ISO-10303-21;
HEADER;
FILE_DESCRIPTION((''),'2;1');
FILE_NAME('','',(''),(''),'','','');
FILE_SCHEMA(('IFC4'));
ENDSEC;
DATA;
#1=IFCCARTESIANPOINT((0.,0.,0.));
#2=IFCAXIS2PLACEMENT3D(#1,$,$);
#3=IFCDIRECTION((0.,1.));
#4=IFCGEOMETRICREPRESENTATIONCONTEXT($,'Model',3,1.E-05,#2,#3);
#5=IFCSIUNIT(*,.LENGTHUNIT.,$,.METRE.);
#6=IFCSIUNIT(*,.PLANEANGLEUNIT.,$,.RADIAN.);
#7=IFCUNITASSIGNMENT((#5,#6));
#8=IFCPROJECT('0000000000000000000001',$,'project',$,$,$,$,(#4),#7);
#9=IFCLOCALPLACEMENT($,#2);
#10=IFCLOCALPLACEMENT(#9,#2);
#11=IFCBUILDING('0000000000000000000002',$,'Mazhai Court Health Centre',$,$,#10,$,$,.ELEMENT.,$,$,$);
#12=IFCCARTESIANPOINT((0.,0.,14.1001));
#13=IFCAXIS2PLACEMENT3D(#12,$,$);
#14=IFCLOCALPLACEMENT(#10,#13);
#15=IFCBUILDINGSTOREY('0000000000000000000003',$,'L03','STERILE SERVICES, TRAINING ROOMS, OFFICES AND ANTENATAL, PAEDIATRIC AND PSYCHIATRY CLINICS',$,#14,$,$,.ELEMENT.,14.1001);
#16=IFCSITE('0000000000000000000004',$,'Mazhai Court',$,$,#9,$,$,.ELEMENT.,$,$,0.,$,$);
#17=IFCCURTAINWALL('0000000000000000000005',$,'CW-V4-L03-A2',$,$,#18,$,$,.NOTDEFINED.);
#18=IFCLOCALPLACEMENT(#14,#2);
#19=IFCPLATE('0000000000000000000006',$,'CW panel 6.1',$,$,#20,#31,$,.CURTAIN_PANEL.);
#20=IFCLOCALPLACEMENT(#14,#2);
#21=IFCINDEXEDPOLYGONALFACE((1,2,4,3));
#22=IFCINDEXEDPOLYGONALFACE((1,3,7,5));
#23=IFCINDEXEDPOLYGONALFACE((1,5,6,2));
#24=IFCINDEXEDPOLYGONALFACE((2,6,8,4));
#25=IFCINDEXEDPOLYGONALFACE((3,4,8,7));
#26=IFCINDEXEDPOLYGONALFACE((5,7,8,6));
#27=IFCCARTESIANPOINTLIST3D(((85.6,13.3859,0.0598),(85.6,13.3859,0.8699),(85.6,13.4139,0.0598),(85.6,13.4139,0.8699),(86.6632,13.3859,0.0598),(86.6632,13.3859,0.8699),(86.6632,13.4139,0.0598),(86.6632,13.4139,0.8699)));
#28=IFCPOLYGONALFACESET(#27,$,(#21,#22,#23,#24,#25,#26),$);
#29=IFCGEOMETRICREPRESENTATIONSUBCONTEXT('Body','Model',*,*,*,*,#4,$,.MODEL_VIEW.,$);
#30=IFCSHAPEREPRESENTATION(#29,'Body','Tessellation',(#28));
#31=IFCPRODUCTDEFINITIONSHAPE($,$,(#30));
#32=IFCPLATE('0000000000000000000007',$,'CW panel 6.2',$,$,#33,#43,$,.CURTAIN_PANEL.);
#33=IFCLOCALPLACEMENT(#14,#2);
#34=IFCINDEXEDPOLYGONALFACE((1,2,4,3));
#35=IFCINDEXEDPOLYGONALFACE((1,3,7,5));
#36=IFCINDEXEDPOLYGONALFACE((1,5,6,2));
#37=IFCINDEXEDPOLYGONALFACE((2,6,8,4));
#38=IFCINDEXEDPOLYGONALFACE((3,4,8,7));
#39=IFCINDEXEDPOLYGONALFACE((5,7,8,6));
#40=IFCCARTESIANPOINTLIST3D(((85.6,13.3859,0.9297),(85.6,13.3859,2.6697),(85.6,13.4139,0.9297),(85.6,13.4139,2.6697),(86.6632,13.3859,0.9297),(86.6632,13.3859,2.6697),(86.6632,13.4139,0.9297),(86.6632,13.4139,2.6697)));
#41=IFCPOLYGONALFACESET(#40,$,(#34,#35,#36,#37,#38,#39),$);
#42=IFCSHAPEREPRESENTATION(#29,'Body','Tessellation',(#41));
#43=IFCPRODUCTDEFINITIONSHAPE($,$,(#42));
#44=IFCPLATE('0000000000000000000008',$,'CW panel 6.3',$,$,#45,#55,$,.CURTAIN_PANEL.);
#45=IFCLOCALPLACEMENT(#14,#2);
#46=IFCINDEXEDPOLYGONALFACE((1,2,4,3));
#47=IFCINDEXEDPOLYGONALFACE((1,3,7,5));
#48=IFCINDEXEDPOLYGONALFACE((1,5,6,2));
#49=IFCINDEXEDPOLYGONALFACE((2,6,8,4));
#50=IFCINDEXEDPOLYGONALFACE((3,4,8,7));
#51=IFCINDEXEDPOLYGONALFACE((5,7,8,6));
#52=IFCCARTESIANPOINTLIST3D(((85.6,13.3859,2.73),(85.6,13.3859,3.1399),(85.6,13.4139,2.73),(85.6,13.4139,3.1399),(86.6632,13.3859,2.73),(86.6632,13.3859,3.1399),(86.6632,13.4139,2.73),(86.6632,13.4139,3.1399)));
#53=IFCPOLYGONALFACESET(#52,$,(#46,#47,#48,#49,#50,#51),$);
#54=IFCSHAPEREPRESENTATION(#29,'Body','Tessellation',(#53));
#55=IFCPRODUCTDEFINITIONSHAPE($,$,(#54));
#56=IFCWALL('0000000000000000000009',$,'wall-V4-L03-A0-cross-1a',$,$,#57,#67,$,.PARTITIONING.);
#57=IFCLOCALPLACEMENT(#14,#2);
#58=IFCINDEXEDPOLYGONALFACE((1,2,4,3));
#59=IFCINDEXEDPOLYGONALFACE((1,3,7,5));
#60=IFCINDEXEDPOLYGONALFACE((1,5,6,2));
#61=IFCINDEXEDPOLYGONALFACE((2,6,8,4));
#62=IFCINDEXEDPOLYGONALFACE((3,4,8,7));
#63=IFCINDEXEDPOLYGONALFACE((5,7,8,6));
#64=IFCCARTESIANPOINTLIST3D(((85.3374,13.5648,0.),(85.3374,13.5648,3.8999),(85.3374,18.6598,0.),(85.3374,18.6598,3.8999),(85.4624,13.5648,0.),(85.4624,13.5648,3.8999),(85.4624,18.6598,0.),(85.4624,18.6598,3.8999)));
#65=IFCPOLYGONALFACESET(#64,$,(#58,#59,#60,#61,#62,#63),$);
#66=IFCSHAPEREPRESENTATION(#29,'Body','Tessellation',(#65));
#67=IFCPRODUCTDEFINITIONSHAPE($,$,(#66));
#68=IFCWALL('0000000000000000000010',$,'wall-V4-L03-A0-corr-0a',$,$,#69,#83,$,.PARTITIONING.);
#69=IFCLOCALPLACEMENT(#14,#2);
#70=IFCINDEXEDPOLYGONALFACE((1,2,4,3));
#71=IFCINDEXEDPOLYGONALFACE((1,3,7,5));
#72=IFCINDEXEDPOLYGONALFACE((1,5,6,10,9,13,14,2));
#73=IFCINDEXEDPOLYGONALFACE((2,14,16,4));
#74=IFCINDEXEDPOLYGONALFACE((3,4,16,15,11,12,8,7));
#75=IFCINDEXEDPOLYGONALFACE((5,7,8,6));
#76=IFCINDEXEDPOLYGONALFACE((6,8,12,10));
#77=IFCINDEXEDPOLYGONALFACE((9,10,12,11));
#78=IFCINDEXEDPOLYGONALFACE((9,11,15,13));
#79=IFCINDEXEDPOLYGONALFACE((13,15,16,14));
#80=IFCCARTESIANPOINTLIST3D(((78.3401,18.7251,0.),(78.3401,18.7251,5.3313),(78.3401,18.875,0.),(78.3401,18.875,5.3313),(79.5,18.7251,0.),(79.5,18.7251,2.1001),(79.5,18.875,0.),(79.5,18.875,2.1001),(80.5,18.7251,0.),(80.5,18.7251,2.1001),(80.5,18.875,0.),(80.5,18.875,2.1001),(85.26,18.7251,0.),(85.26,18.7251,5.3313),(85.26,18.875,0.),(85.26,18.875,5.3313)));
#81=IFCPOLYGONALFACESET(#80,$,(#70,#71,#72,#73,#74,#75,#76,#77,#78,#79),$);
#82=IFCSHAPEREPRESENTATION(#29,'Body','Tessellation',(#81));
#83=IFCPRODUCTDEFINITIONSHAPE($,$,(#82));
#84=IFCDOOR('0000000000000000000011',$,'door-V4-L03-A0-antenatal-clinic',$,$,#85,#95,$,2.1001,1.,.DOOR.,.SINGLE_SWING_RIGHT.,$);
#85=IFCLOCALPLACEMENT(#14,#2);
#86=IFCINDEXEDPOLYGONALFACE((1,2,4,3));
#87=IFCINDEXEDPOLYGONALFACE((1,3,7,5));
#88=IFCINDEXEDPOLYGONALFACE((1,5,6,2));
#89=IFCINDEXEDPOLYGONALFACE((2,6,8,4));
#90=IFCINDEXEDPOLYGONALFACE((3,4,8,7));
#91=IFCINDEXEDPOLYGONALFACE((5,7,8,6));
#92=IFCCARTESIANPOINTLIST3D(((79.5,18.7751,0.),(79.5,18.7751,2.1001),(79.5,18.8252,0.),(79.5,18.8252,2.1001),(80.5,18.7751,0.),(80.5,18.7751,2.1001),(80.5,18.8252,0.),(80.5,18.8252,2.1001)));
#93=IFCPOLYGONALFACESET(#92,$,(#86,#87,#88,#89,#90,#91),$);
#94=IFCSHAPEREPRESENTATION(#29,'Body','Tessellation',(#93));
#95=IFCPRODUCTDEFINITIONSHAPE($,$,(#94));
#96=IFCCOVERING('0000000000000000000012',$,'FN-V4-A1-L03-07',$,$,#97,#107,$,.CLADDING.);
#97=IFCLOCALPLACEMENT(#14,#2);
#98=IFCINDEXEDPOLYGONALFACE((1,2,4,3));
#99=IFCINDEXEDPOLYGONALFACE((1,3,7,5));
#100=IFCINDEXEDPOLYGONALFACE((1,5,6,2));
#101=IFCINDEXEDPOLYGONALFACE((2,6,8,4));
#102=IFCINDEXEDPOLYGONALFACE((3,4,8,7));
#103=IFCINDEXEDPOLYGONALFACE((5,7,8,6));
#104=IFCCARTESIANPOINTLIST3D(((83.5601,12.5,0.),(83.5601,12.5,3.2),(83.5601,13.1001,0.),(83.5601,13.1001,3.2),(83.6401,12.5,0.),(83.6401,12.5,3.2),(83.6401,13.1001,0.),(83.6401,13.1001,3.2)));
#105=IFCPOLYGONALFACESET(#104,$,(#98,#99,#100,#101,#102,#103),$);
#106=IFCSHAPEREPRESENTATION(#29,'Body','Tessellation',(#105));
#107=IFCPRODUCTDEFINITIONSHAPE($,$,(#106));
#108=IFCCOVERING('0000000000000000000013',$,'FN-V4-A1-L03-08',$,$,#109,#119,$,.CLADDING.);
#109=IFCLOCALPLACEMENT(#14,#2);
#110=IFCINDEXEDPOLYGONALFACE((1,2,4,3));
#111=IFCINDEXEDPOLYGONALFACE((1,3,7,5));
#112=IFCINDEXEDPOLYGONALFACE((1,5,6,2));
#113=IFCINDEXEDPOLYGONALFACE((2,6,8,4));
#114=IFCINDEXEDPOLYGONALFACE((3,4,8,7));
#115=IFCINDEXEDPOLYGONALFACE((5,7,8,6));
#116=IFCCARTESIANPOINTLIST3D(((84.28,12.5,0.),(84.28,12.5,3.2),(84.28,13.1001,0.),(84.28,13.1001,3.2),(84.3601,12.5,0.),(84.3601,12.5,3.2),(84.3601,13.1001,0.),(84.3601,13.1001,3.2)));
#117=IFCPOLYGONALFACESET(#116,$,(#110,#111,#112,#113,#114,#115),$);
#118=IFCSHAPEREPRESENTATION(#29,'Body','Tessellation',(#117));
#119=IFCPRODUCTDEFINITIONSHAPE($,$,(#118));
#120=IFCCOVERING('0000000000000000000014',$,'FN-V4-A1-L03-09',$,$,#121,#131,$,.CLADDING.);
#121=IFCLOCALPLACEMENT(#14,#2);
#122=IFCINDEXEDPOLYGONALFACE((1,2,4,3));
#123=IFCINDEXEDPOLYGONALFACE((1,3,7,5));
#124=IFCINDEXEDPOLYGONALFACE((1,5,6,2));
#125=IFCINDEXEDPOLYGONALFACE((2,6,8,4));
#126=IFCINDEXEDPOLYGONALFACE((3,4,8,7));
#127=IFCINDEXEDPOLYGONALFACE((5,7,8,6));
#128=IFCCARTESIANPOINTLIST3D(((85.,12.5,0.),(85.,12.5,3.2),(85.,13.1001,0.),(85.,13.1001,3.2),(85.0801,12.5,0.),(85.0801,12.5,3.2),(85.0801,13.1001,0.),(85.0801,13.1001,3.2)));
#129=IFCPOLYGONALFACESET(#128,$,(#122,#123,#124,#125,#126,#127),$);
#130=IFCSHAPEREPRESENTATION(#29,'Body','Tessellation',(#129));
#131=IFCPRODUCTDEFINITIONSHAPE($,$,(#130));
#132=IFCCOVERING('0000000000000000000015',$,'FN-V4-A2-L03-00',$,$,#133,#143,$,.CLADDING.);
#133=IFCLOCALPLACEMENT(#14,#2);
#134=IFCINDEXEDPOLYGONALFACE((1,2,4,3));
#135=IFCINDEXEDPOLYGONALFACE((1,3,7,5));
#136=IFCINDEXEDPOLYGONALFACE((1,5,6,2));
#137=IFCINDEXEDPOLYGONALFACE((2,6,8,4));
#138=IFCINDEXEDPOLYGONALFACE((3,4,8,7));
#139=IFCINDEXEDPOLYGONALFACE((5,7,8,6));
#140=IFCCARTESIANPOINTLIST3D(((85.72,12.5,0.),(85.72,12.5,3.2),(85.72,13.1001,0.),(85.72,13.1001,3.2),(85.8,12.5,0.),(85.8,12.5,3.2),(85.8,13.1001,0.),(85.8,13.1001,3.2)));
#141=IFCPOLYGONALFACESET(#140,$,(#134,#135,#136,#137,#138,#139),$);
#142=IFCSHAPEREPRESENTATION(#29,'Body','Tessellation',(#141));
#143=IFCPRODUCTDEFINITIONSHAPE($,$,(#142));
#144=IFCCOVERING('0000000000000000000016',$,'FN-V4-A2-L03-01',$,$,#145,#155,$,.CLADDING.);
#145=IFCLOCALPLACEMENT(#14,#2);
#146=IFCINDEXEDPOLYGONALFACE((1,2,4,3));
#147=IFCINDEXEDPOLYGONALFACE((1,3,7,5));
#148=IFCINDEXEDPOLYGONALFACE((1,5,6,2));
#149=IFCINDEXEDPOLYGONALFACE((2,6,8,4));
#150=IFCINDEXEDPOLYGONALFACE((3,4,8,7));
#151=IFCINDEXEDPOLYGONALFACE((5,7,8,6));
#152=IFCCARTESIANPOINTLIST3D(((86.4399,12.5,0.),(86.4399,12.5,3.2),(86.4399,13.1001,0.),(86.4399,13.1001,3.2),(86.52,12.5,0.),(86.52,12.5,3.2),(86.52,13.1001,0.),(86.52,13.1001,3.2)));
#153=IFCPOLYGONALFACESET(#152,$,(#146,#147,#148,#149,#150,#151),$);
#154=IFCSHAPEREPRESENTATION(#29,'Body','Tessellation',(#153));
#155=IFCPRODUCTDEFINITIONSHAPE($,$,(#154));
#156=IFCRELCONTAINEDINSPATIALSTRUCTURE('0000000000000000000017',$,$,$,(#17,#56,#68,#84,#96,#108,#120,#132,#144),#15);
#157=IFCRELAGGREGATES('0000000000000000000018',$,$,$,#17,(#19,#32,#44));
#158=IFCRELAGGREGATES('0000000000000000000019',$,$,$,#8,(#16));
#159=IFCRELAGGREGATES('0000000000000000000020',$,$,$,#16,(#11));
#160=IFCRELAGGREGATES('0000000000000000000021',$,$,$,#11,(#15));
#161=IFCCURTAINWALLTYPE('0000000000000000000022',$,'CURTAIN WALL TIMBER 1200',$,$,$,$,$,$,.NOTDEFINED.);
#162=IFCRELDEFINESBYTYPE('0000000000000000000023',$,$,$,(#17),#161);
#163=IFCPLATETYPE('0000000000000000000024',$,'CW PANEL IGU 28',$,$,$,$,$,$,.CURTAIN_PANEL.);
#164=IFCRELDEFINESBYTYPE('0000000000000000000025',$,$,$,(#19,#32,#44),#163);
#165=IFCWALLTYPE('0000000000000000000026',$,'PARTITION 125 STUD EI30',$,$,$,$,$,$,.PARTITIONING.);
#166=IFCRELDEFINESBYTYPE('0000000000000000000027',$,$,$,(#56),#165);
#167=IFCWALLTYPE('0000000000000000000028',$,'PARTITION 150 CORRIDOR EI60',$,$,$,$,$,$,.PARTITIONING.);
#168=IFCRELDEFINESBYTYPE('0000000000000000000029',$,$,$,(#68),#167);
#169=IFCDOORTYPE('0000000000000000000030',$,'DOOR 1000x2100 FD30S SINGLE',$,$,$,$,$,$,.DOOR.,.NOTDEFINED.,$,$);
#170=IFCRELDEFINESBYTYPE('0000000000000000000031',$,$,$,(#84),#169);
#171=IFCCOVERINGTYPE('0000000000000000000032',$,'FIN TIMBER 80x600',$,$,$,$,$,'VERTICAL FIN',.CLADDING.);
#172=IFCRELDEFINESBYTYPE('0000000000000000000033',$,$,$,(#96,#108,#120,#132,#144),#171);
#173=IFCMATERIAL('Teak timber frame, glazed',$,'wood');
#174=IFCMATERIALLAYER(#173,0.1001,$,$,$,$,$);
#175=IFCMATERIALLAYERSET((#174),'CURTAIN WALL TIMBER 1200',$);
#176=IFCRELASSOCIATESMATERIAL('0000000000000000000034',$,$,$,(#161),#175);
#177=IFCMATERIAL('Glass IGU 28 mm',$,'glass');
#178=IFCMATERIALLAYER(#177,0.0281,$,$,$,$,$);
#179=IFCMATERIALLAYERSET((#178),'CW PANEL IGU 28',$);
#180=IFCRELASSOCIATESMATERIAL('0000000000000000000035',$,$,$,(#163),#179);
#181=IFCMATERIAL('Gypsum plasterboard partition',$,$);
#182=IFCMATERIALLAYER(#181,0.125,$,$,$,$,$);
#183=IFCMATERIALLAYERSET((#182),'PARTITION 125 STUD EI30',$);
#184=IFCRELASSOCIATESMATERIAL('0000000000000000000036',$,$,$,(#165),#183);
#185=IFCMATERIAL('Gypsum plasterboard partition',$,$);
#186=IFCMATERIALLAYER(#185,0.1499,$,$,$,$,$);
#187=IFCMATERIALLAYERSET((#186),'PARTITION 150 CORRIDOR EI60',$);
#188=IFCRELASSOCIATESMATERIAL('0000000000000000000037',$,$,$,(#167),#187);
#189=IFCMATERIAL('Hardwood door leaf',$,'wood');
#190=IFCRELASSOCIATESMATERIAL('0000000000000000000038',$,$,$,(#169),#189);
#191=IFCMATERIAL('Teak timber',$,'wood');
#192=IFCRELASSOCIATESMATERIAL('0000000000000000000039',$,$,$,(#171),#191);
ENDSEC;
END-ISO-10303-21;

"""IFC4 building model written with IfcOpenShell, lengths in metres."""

from ifc_helpers import new_model, si_unit, direction, frame, frame_2d, origin, origin_2d, place, context, subcontext, project, spatial, rectangle, extrude, material, layer, layer_set, type_object, element, fill, aggregate, save


model = new_model("IFC4")

# Units and contexts
model_context = context("Model", 3, precision=1e-05, world=origin(), true_north=direction((0.0, 1.0)))
body_context = subcontext(model_context, "Body", "Model", "MODEL_VIEW")
ifc_project = project(units=[si_unit("LENGTHUNIT", "METRE"), si_unit("PLANEANGLEUNIT", "RADIAN")], contexts=[model_context])

# Site, building, storey
site_placement = place(None, origin())
site = spatial("IfcSite", under=ifc_project, at=site_placement, Name="Mazhai Court", CompositionType="ELEMENT", RefElevation=0.0)
building_placement = place(site_placement, origin())
building = spatial("IfcBuilding", under=site, at=building_placement, Name="Mazhai Court Health Centre", CompositionType="ELEMENT")
storey_placement = place(building_placement, frame((0.0, 0.0, 14.1001)))
storey = spatial("IfcBuildingStorey", under=building, at=storey_placement, Name="L03", Description="STERILE SERVICES, TRAINING ROOMS, OFFICES AND ANTENATAL, PAEDIATRIC AND PSYCHIATRY CLINICS", CompositionType="ELEMENT", Elevation=14.1001)

# Shared definitions
ifc_material_1 = material(Name="Teak timber frame, glazed", Category="wood")
ifc_layer_1 = layer(ifc_material_1, 0.1001)
ifc_layer_set_1 = layer_set([ifc_layer_1], Name="CURTAIN WALL TIMBER 1200")
curtain_wall_type = type_object("IfcCurtainWallType", Name="CURTAIN WALL TIMBER 1200", PredefinedType="NOTDEFINED", material=ifc_layer_set_1)

# Curtain wall
curtain_wall_1_placement = place(storey_placement, origin())
curtain_wall_1 = element("IfcCurtainWall", 1, at=curtain_wall_1_placement, inside=storey, type_object=curtain_wall_type, Name="CW-V4-L03-A2", PredefinedType="NOTDEFINED")

# Plates
ifc_material_2 = material(Name="Glass IGU 28 mm", Category="glass")
ifc_layer_2 = layer(ifc_material_2, 0.0281)
ifc_layer_set_2 = layer_set([ifc_layer_2], Name="CW PANEL IGU 28")
plate_type = type_object("IfcPlateType", Name="CW PANEL IGU 28", PredefinedType="CURTAIN_PANEL", material=ifc_layer_set_2)
plate_1_placement = place(storey_placement, frame((86.1316, 13.3999, 0.0598), z_axis=(0.0, 0.0, 1.0), x_axis=(-1.0, 0.0, 0.0)))
plate_1 = element("IfcPlate", 2, at=plate_1_placement, type_object=plate_type, Name="CW panel 6.1", PredefinedType="CURTAIN_PANEL", context=body_context, shape_type="SweptSolid", body=[
    extrude(rectangle(XDim=1.0632, YDim=0.0281, at=origin_2d()), origin(), (0.0, 0.0, 1.0), 0.8101),
])
plate_2_placement = place(storey_placement, frame((86.1316, 13.3999, 0.9297), z_axis=(0.0, 0.0, 1.0), x_axis=(-1.0, 0.0, 0.0)))
plate_2 = element("IfcPlate", 3, at=plate_2_placement, type_object=plate_type, Name="CW panel 6.2", PredefinedType="CURTAIN_PANEL", context=body_context, shape_type="SweptSolid", body=[
    extrude(rectangle(XDim=1.0632, YDim=0.0281, at=origin_2d()), origin(), (0.0, 0.0, 1.0), 1.74),
])
plate_3_placement = place(storey_placement, frame((86.1316, 13.3999, 2.73), z_axis=(0.0, 0.0, 1.0), x_axis=(-1.0, 0.0, 0.0)))
plate_3 = element("IfcPlate", 4, at=plate_3_placement, type_object=plate_type, Name="CW panel 6.3", PredefinedType="CURTAIN_PANEL", context=body_context, shape_type="SweptSolid", body=[
    extrude(rectangle(XDim=1.0632, YDim=0.0281, at=origin_2d()), origin(), (0.0, 0.0, 1.0), 0.4099),
])
aggregate(curtain_wall_1, [plate_1, plate_2, plate_3])

# Wall
ifc_material_3 = material(Name="Gypsum plasterboard partition")
ifc_layer_3 = layer(ifc_material_3, 0.125)
ifc_layer_set_3 = layer_set([ifc_layer_3], Name="PARTITION 125 STUD EI30")
wall_type_1 = type_object("IfcWallType", Name="PARTITION 125 STUD EI30", PredefinedType="PARTITIONING", material=ifc_layer_set_3)
wall_1_placement = place(storey_placement, frame((85.3999, 13.5649, 0.0), z_axis=(0.0, 0.0, 1.0), x_axis=(0.0, 1.0, 0.0)))
element("IfcWall", 5, at=wall_1_placement, inside=storey, type_object=wall_type_1, Name="wall-V4-L03-A0-cross-1a", PredefinedType="PARTITIONING", context=body_context, shape_type="SweptSolid", body=[
    extrude(rectangle(XDim=5.095, YDim=0.125, at=frame_2d((2.5474, 0.0))), origin(), (0.0, 0.0, 1.0), 3.8999),
])

# Wall, opening, door
ifc_material_4 = material(Name="Gypsum plasterboard partition")
ifc_layer_4 = layer(ifc_material_4, 0.1499)
ifc_layer_set_4 = layer_set([ifc_layer_4], Name="PARTITION 150 CORRIDOR EI60")
wall_type_2 = type_object("IfcWallType", Name="PARTITION 150 CORRIDOR EI60", PredefinedType="PARTITIONING", material=ifc_layer_set_4)
wall_2_placement = place(storey_placement, frame((85.26, 18.8, 0.0), z_axis=(0.0, 0.0, 1.0), x_axis=(-1.0, 0.0, 0.0)))
wall_2 = element("IfcWall", 6, at=wall_2_placement, inside=storey, type_object=wall_type_2, Name="wall-V4-L03-A0-corr-0a", PredefinedType="PARTITIONING", context=body_context, shape_type="SweptSolid", body=[
    extrude(rectangle(XDim=6.9199, YDim=0.1499, at=frame_2d((3.46, 0.0))), origin(), (0.0, 0.0, 1.0), 5.3313),
])
opening_placement = place(wall_2_placement, frame((4.76, 0.0, 0.0)))
opening = element("IfcOpeningElement", 7, at=opening_placement, cuts=wall_2, PredefinedType="OPENING", context=body_context, shape_type="SweptSolid", body=[
    extrude(rectangle(XDim=1.0, YDim=2.1001, at=frame_2d((0.5, 1.05))), frame((0.0, 0.085, 0.0), z_axis=(0.0, -1.0, 0.0), x_axis=(1.0, 0.0, 0.0)), (0.0, 0.0, 1.0), 0.1699),
])
ifc_material_5 = material(Name="Hardwood door leaf", Category="wood")
door_type = type_object("IfcDoorType", Name="DOOR 1000x2100 FD30S SINGLE", OperationType="NOTDEFINED", PredefinedType="DOOR", material=ifc_material_5)
door_placement = place(opening_placement, origin())
door = element("IfcDoor", 8, at=door_placement, inside=storey, type_object=door_type, Name="door-V4-L03-A0-antenatal-clinic", OperationType="SINGLE_SWING_RIGHT", OverallHeight=2.1001, OverallWidth=1.0, PredefinedType="DOOR", context=body_context, shape_type="SweptSolid", body=[
    extrude(rectangle(XDim=1.0, YDim=2.1001, at=frame_2d((0.5, 1.05))), frame((0.0, 0.0249, 0.0), z_axis=(0.0, -1.0, 0.0), x_axis=(1.0, 0.0, 0.0)), (0.0, 0.0, 1.0), 0.05),
])
fill(opening, door)

# Coverings
ifc_material_6 = material(Name="Teak timber", Category="wood")
covering_type = type_object("IfcCoveringType", Name="FIN TIMBER 80x600", ElementType="VERTICAL FIN", PredefinedType="CLADDING", material=ifc_material_6)
for number, where, z_axis, x_axis, name in (
    (9, (83.6001, 12.8, 0.0), (0.0, 0.0, 1.0), (1.0, 0.0, 0.0), "FN-V4-A1-L03-07"),
    (10, (84.3201, 12.8, 0.0), (0.0, 0.0, 1.0), (1.0, 0.0, 0.0), "FN-V4-A1-L03-08"),
    (11, (85.04, 12.8, 0.0), (0.0, 0.0, 1.0), (1.0, 0.0, 0.0), "FN-V4-A1-L03-09"),
    (12, (85.76, 12.8, 0.0), (0.0, 0.0, 1.0), (1.0, 0.0, 0.0), "FN-V4-A2-L03-00"),
    (13, (86.48, 12.8, 0.0), (0.0, 0.0, 1.0), (1.0, 0.0, 0.0), "FN-V4-A2-L03-01"),
):
    element("IfcCovering", number, at=place(storey_placement, frame(where, z_axis=z_axis, x_axis=x_axis)), inside=storey, type_object=covering_type, Name=name, PredefinedType="CLADDING", context=body_context, shape_type="SweptSolid", body=[
        extrude(rectangle(XDim=0.0801, YDim=0.6001, at=origin_2d()), origin(), (0.0, 0.0, 1.0), 3.2),
    ])

save(model, "model.ifc")
